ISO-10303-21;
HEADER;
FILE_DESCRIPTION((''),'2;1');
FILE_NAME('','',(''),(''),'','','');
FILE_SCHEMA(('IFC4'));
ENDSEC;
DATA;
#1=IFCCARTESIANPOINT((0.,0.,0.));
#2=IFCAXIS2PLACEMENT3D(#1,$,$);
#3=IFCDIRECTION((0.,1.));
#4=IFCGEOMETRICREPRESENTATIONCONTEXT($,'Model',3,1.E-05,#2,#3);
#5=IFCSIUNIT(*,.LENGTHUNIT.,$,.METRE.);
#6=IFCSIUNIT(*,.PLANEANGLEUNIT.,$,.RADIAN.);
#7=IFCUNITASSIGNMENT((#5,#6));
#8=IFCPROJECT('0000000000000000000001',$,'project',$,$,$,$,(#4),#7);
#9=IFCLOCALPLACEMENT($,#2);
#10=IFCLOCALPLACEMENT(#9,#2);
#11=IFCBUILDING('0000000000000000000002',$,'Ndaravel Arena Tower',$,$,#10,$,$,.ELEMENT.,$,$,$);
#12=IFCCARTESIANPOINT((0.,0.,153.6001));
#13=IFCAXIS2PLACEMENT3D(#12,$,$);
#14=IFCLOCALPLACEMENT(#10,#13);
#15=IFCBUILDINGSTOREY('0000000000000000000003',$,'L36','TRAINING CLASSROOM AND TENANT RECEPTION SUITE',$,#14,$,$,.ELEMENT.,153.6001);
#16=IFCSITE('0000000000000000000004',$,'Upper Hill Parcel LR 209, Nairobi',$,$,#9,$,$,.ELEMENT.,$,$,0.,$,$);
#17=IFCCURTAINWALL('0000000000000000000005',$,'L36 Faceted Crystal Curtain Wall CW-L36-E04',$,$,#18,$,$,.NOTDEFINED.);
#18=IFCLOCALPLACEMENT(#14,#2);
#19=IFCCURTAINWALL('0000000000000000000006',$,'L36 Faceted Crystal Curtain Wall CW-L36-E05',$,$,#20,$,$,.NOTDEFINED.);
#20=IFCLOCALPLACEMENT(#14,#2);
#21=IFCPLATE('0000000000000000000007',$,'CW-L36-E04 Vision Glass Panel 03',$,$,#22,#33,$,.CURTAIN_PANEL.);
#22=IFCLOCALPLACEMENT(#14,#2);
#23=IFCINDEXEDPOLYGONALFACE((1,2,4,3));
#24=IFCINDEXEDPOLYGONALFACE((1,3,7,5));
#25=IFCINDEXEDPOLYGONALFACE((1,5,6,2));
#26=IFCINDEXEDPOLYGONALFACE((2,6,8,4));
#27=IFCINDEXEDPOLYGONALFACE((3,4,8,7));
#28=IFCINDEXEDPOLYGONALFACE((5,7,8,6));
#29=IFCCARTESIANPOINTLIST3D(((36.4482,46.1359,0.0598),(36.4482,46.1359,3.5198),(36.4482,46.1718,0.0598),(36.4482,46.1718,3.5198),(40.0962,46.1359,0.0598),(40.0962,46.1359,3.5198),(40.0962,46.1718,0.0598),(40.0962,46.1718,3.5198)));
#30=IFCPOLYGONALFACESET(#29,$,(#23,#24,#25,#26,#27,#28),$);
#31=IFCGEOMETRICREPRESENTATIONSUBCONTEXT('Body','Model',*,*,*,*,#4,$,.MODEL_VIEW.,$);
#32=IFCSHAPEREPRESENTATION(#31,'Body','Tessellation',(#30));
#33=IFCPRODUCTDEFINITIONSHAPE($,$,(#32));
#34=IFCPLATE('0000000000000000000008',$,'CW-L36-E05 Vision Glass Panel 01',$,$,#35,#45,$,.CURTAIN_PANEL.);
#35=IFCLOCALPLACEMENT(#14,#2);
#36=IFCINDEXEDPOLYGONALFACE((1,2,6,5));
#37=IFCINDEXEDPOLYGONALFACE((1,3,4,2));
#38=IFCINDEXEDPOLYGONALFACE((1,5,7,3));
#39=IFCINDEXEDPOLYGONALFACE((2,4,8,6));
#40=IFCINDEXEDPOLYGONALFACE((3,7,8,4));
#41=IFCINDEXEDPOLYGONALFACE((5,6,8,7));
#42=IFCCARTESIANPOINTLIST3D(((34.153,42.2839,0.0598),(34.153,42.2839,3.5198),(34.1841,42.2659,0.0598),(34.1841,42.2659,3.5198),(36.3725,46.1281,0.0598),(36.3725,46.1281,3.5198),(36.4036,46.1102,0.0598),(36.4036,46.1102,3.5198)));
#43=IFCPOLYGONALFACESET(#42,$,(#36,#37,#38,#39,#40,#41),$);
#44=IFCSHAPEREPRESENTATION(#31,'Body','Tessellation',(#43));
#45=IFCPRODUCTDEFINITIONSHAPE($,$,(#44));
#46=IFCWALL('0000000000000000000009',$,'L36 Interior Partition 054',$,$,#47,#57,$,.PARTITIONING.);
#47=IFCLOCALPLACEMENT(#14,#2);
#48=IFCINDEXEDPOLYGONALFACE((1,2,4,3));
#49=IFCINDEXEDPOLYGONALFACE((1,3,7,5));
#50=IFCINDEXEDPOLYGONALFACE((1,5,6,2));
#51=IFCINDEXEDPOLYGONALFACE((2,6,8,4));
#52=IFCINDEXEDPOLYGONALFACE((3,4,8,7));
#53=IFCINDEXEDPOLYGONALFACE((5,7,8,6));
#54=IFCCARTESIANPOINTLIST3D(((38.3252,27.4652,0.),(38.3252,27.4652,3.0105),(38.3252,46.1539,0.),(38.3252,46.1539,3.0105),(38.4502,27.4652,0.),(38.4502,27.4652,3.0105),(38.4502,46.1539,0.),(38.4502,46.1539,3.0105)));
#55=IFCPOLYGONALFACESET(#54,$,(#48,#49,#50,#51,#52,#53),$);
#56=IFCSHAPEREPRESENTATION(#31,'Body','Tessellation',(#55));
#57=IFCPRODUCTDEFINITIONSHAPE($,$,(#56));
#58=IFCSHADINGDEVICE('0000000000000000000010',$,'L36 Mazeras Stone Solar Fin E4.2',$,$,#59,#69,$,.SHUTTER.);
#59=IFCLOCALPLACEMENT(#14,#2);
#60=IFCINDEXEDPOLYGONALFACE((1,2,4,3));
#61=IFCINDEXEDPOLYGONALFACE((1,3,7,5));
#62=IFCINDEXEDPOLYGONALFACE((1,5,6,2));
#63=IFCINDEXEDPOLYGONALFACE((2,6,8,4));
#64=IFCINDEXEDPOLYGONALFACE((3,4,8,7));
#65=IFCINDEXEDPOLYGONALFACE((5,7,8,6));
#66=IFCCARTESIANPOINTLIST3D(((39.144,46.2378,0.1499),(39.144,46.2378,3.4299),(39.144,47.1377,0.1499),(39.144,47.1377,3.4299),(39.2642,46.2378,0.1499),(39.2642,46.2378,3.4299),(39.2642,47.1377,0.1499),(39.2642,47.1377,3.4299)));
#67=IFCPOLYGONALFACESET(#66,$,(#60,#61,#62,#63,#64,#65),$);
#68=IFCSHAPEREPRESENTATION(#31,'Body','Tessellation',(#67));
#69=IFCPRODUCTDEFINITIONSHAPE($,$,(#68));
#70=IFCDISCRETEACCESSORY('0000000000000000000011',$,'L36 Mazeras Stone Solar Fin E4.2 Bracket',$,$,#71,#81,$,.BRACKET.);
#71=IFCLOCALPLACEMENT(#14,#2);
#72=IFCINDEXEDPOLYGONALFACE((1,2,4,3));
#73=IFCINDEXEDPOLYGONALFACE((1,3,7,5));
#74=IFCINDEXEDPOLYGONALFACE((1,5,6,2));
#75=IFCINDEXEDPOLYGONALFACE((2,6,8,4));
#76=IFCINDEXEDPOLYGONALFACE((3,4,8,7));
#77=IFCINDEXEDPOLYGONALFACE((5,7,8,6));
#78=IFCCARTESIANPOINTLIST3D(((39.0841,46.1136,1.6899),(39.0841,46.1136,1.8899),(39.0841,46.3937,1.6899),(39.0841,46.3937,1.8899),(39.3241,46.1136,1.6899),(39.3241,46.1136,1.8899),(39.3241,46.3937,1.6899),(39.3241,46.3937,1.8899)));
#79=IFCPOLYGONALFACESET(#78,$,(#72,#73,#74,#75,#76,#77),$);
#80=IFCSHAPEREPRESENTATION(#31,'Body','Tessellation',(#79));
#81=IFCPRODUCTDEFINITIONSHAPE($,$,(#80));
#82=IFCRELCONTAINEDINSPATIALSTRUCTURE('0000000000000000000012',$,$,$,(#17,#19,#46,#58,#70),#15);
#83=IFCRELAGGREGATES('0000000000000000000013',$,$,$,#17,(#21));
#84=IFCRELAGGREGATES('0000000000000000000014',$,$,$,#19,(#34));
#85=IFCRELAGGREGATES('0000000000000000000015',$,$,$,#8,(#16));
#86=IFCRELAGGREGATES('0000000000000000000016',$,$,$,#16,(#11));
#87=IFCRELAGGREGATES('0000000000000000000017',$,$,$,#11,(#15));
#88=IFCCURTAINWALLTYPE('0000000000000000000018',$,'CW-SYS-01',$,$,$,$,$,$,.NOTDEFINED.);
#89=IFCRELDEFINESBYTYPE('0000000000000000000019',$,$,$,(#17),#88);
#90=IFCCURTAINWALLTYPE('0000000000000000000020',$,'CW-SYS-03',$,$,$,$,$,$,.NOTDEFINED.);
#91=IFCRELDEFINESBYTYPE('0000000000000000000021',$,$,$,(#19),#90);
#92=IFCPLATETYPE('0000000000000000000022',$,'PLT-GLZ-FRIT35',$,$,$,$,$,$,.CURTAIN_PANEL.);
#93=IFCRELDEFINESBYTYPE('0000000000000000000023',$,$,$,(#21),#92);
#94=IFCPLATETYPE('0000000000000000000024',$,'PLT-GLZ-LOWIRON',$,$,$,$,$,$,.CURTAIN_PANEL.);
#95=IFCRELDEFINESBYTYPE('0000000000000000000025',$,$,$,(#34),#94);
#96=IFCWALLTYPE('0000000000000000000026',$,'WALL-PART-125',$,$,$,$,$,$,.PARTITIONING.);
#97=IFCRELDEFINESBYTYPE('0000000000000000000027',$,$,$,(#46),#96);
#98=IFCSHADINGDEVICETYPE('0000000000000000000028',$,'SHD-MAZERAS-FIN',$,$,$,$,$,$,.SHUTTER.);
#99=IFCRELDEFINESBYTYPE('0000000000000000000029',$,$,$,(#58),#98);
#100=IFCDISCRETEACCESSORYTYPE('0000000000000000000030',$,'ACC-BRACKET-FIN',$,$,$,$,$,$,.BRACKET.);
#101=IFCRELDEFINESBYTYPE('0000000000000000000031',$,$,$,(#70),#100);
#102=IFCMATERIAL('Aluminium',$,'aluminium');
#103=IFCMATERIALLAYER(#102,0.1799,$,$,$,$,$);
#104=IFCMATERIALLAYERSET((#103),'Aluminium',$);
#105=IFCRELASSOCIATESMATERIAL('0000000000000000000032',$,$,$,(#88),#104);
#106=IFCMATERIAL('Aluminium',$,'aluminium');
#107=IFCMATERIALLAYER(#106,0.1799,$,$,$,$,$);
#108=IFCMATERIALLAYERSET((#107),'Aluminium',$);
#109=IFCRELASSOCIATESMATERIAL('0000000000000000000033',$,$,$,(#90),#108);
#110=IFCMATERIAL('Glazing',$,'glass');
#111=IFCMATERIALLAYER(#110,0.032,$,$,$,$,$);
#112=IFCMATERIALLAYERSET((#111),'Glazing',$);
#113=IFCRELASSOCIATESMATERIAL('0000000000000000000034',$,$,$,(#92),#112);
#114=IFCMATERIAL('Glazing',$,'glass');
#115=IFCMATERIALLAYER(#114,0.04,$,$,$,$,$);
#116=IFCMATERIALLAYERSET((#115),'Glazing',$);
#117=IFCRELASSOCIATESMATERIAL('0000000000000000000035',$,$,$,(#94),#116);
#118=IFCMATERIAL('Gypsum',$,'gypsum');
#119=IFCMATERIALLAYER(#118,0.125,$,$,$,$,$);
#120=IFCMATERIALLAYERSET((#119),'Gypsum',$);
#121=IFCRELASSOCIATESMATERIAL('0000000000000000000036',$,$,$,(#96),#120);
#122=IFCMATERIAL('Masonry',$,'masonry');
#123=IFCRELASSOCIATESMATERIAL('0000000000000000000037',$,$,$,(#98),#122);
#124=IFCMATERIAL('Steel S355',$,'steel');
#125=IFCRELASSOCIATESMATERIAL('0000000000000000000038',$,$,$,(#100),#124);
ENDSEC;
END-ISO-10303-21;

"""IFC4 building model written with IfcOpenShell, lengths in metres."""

from ifc_helpers import new_model, si_unit, direction, frame, frame_2d, origin, origin_2d, place, context, subcontext, project, spatial, rectangle, extrude, material, layer, layer_set, type_object, element, aggregate, save


model = new_model("IFC4")

# Units and contexts
model_context = context("Model", 3, precision=1e-05, world=origin(), true_north=direction((0.0, 1.0)))
body_context = subcontext(model_context, "Body", "Model", "MODEL_VIEW")
ifc_project = project(units=[si_unit("LENGTHUNIT", "METRE"), si_unit("PLANEANGLEUNIT", "RADIAN")], contexts=[model_context])

# Site, building, storey
site_placement = place(None, origin())
site = spatial("IfcSite", under=ifc_project, at=site_placement, Name="Upper Hill Parcel LR 209, Nairobi", CompositionType="ELEMENT", RefElevation=0.0)
building_placement = place(site_placement, origin())
building = spatial("IfcBuilding", under=site, at=building_placement, Name="Ndaravel Arena Tower", CompositionType="ELEMENT")
storey_placement = place(building_placement, frame((0.0, 0.0, 153.6001)))
storey = spatial("IfcBuildingStorey", under=building, at=storey_placement, Name="L36", Description="TRAINING CLASSROOM AND TENANT RECEPTION SUITE", CompositionType="ELEMENT", Elevation=153.6001)

# Curtain wall
ifc_material_1 = material(Name="Aluminium", Category="aluminium")
ifc_layer_1 = layer(ifc_material_1, 0.1799)
ifc_layer_set_1 = layer_set([ifc_layer_1], Name="Aluminium")
curtain_wall_type_1 = type_object("IfcCurtainWallType", Name="CW-SYS-01", PredefinedType="NOTDEFINED", material=ifc_layer_set_1)
curtain_wall_1_placement = place(storey_placement, origin())
curtain_wall_1 = element("IfcCurtainWall", 1, at=curtain_wall_1_placement, inside=storey, type_object=curtain_wall_type_1, Name="L36 Faceted Crystal Curtain Wall CW-L36-E04", PredefinedType="NOTDEFINED")

# Curtain wall
ifc_material_2 = material(Name="Aluminium", Category="aluminium")
ifc_layer_2 = layer(ifc_material_2, 0.1799)
ifc_layer_set_2 = layer_set([ifc_layer_2], Name="Aluminium")
curtain_wall_type_2 = type_object("IfcCurtainWallType", Name="CW-SYS-03", PredefinedType="NOTDEFINED", material=ifc_layer_set_2)
curtain_wall_2_placement = place(storey_placement, origin())
curtain_wall_2 = element("IfcCurtainWall", 2, at=curtain_wall_2_placement, inside=storey, type_object=curtain_wall_type_2, Name="L36 Faceted Crystal Curtain Wall CW-L36-E05", PredefinedType="NOTDEFINED")

# Plates
ifc_material_3 = material(Name="Glazing", Category="glass")
ifc_layer_3 = layer(ifc_material_3, 0.032)
ifc_layer_set_3 = layer_set([ifc_layer_3], Name="Glazing")
plate_type_1 = type_object("IfcPlateType", Name="PLT-GLZ-FRIT35", PredefinedType="CURTAIN_PANEL", material=ifc_layer_set_3)
plate_1_placement = place(storey_placement, frame((38.2722, 46.1538, 0.0598), z_axis=(0.0, 0.0, 1.0), x_axis=(-1.0, 0.0, 0.0)))
plate_1 = element("IfcPlate", 3, at=plate_1_placement, type_object=plate_type_1, Name="CW-L36-E04 Vision Glass Panel 03", PredefinedType="CURTAIN_PANEL", context=body_context, shape_type="SweptSolid", body=[
    extrude(rectangle(XDim=3.6479, YDim=0.0359, at=origin_2d()), origin(), (0.0, 0.0, 1.0), 3.46),
])
aggregate(curtain_wall_1, [plate_1])
ifc_material_4 = material(Name="Glazing", Category="glass")
ifc_layer_4 = layer(ifc_material_4, 0.04)
ifc_layer_set_4 = layer_set([ifc_layer_4], Name="Glazing")
plate_type_2 = type_object("IfcPlateType", Name="PLT-GLZ-LOWIRON", PredefinedType="CURTAIN_PANEL", material=ifc_layer_set_4)
plate_2_placement = place(storey_placement, frame((35.2783, 44.197, 0.0598), z_axis=(0.0, 0.0, 1.0), x_axis=(-0.5, -0.866025, 0.0)))
plate_2 = element("IfcPlate", 4, at=plate_2_placement, type_object=plate_type_2, Name="CW-L36-E05 Vision Glass Panel 01", PredefinedType="CURTAIN_PANEL", context=body_context, shape_type="SweptSolid", body=[
    extrude(rectangle(XDim=4.439, YDim=0.0359, at=origin_2d()), origin(), (0.0, 0.0, 1.0), 3.46),
])
aggregate(curtain_wall_2, [plate_2])

# Wall
ifc_material_5 = material(Name="Gypsum", Category="gypsum")
ifc_layer_5 = layer(ifc_material_5, 0.125)
ifc_layer_set_5 = layer_set([ifc_layer_5], Name="Gypsum")
wall_type = type_object("IfcWallType", Name="WALL-PART-125", PredefinedType="PARTITIONING", material=ifc_layer_set_5)
wall_placement = place(storey_placement, frame((38.3877, 46.1538, 0.0), z_axis=(0.0, 0.0, 1.0), x_axis=(0.0, -1.0, 0.0)))
element("IfcWall", 5, at=wall_placement, inside=storey, type_object=wall_type, Name="L36 Interior Partition 054", PredefinedType="PARTITIONING", context=body_context, shape_type="SweptSolid", body=[
    extrude(rectangle(XDim=18.6887, YDim=0.125, at=frame_2d((9.3442, 0.0))), origin(), (0.0, 0.0, 1.0), 3.0105),
])

# Shading device
ifc_material_6 = material(Name="Masonry", Category="masonry")
shading_device_type = type_object("IfcShadingDeviceType", Name="SHD-MAZERAS-FIN", PredefinedType="SHUTTER", material=ifc_material_6)
shading_device_placement = place(storey_placement, frame((39.2041, 46.6877, 0.1499), z_axis=(0.0, 0.0, 1.0), x_axis=(0.0, 1.0, 0.0)))
element("IfcShadingDevice", 6, at=shading_device_placement, inside=storey, type_object=shading_device_type, Name="L36 Mazeras Stone Solar Fin E4.2", PredefinedType="SHUTTER", context=body_context, shape_type="SweptSolid", body=[
    extrude(rectangle(XDim=0.8999, YDim=0.1201, at=origin_2d()), origin(), (0.0, 0.0, 1.0), 3.28),
])

# Discrete accessory
ifc_material_7 = material(Name="Steel S355", Category="steel")
discrete_accessory_type = type_object("IfcDiscreteAccessoryType", Name="ACC-BRACKET-FIN", PredefinedType="BRACKET", material=ifc_material_7)
discrete_accessory_placement = place(storey_placement, frame((39.2041, 46.2537, 1.6899), z_axis=(0.0, 0.0, 1.0), x_axis=(0.0, 1.0, 0.0)))
element("IfcDiscreteAccessory", 7, at=discrete_accessory_placement, inside=storey, type_object=discrete_accessory_type, Name="L36 Mazeras Stone Solar Fin E4.2 Bracket", PredefinedType="BRACKET", context=body_context, shape_type="SweptSolid", body=[
    extrude(rectangle(XDim=0.28, YDim=0.24, at=origin_2d()), origin(), (0.0, 0.0, 1.0), 0.2),
])

save(model, "model.ifc")
